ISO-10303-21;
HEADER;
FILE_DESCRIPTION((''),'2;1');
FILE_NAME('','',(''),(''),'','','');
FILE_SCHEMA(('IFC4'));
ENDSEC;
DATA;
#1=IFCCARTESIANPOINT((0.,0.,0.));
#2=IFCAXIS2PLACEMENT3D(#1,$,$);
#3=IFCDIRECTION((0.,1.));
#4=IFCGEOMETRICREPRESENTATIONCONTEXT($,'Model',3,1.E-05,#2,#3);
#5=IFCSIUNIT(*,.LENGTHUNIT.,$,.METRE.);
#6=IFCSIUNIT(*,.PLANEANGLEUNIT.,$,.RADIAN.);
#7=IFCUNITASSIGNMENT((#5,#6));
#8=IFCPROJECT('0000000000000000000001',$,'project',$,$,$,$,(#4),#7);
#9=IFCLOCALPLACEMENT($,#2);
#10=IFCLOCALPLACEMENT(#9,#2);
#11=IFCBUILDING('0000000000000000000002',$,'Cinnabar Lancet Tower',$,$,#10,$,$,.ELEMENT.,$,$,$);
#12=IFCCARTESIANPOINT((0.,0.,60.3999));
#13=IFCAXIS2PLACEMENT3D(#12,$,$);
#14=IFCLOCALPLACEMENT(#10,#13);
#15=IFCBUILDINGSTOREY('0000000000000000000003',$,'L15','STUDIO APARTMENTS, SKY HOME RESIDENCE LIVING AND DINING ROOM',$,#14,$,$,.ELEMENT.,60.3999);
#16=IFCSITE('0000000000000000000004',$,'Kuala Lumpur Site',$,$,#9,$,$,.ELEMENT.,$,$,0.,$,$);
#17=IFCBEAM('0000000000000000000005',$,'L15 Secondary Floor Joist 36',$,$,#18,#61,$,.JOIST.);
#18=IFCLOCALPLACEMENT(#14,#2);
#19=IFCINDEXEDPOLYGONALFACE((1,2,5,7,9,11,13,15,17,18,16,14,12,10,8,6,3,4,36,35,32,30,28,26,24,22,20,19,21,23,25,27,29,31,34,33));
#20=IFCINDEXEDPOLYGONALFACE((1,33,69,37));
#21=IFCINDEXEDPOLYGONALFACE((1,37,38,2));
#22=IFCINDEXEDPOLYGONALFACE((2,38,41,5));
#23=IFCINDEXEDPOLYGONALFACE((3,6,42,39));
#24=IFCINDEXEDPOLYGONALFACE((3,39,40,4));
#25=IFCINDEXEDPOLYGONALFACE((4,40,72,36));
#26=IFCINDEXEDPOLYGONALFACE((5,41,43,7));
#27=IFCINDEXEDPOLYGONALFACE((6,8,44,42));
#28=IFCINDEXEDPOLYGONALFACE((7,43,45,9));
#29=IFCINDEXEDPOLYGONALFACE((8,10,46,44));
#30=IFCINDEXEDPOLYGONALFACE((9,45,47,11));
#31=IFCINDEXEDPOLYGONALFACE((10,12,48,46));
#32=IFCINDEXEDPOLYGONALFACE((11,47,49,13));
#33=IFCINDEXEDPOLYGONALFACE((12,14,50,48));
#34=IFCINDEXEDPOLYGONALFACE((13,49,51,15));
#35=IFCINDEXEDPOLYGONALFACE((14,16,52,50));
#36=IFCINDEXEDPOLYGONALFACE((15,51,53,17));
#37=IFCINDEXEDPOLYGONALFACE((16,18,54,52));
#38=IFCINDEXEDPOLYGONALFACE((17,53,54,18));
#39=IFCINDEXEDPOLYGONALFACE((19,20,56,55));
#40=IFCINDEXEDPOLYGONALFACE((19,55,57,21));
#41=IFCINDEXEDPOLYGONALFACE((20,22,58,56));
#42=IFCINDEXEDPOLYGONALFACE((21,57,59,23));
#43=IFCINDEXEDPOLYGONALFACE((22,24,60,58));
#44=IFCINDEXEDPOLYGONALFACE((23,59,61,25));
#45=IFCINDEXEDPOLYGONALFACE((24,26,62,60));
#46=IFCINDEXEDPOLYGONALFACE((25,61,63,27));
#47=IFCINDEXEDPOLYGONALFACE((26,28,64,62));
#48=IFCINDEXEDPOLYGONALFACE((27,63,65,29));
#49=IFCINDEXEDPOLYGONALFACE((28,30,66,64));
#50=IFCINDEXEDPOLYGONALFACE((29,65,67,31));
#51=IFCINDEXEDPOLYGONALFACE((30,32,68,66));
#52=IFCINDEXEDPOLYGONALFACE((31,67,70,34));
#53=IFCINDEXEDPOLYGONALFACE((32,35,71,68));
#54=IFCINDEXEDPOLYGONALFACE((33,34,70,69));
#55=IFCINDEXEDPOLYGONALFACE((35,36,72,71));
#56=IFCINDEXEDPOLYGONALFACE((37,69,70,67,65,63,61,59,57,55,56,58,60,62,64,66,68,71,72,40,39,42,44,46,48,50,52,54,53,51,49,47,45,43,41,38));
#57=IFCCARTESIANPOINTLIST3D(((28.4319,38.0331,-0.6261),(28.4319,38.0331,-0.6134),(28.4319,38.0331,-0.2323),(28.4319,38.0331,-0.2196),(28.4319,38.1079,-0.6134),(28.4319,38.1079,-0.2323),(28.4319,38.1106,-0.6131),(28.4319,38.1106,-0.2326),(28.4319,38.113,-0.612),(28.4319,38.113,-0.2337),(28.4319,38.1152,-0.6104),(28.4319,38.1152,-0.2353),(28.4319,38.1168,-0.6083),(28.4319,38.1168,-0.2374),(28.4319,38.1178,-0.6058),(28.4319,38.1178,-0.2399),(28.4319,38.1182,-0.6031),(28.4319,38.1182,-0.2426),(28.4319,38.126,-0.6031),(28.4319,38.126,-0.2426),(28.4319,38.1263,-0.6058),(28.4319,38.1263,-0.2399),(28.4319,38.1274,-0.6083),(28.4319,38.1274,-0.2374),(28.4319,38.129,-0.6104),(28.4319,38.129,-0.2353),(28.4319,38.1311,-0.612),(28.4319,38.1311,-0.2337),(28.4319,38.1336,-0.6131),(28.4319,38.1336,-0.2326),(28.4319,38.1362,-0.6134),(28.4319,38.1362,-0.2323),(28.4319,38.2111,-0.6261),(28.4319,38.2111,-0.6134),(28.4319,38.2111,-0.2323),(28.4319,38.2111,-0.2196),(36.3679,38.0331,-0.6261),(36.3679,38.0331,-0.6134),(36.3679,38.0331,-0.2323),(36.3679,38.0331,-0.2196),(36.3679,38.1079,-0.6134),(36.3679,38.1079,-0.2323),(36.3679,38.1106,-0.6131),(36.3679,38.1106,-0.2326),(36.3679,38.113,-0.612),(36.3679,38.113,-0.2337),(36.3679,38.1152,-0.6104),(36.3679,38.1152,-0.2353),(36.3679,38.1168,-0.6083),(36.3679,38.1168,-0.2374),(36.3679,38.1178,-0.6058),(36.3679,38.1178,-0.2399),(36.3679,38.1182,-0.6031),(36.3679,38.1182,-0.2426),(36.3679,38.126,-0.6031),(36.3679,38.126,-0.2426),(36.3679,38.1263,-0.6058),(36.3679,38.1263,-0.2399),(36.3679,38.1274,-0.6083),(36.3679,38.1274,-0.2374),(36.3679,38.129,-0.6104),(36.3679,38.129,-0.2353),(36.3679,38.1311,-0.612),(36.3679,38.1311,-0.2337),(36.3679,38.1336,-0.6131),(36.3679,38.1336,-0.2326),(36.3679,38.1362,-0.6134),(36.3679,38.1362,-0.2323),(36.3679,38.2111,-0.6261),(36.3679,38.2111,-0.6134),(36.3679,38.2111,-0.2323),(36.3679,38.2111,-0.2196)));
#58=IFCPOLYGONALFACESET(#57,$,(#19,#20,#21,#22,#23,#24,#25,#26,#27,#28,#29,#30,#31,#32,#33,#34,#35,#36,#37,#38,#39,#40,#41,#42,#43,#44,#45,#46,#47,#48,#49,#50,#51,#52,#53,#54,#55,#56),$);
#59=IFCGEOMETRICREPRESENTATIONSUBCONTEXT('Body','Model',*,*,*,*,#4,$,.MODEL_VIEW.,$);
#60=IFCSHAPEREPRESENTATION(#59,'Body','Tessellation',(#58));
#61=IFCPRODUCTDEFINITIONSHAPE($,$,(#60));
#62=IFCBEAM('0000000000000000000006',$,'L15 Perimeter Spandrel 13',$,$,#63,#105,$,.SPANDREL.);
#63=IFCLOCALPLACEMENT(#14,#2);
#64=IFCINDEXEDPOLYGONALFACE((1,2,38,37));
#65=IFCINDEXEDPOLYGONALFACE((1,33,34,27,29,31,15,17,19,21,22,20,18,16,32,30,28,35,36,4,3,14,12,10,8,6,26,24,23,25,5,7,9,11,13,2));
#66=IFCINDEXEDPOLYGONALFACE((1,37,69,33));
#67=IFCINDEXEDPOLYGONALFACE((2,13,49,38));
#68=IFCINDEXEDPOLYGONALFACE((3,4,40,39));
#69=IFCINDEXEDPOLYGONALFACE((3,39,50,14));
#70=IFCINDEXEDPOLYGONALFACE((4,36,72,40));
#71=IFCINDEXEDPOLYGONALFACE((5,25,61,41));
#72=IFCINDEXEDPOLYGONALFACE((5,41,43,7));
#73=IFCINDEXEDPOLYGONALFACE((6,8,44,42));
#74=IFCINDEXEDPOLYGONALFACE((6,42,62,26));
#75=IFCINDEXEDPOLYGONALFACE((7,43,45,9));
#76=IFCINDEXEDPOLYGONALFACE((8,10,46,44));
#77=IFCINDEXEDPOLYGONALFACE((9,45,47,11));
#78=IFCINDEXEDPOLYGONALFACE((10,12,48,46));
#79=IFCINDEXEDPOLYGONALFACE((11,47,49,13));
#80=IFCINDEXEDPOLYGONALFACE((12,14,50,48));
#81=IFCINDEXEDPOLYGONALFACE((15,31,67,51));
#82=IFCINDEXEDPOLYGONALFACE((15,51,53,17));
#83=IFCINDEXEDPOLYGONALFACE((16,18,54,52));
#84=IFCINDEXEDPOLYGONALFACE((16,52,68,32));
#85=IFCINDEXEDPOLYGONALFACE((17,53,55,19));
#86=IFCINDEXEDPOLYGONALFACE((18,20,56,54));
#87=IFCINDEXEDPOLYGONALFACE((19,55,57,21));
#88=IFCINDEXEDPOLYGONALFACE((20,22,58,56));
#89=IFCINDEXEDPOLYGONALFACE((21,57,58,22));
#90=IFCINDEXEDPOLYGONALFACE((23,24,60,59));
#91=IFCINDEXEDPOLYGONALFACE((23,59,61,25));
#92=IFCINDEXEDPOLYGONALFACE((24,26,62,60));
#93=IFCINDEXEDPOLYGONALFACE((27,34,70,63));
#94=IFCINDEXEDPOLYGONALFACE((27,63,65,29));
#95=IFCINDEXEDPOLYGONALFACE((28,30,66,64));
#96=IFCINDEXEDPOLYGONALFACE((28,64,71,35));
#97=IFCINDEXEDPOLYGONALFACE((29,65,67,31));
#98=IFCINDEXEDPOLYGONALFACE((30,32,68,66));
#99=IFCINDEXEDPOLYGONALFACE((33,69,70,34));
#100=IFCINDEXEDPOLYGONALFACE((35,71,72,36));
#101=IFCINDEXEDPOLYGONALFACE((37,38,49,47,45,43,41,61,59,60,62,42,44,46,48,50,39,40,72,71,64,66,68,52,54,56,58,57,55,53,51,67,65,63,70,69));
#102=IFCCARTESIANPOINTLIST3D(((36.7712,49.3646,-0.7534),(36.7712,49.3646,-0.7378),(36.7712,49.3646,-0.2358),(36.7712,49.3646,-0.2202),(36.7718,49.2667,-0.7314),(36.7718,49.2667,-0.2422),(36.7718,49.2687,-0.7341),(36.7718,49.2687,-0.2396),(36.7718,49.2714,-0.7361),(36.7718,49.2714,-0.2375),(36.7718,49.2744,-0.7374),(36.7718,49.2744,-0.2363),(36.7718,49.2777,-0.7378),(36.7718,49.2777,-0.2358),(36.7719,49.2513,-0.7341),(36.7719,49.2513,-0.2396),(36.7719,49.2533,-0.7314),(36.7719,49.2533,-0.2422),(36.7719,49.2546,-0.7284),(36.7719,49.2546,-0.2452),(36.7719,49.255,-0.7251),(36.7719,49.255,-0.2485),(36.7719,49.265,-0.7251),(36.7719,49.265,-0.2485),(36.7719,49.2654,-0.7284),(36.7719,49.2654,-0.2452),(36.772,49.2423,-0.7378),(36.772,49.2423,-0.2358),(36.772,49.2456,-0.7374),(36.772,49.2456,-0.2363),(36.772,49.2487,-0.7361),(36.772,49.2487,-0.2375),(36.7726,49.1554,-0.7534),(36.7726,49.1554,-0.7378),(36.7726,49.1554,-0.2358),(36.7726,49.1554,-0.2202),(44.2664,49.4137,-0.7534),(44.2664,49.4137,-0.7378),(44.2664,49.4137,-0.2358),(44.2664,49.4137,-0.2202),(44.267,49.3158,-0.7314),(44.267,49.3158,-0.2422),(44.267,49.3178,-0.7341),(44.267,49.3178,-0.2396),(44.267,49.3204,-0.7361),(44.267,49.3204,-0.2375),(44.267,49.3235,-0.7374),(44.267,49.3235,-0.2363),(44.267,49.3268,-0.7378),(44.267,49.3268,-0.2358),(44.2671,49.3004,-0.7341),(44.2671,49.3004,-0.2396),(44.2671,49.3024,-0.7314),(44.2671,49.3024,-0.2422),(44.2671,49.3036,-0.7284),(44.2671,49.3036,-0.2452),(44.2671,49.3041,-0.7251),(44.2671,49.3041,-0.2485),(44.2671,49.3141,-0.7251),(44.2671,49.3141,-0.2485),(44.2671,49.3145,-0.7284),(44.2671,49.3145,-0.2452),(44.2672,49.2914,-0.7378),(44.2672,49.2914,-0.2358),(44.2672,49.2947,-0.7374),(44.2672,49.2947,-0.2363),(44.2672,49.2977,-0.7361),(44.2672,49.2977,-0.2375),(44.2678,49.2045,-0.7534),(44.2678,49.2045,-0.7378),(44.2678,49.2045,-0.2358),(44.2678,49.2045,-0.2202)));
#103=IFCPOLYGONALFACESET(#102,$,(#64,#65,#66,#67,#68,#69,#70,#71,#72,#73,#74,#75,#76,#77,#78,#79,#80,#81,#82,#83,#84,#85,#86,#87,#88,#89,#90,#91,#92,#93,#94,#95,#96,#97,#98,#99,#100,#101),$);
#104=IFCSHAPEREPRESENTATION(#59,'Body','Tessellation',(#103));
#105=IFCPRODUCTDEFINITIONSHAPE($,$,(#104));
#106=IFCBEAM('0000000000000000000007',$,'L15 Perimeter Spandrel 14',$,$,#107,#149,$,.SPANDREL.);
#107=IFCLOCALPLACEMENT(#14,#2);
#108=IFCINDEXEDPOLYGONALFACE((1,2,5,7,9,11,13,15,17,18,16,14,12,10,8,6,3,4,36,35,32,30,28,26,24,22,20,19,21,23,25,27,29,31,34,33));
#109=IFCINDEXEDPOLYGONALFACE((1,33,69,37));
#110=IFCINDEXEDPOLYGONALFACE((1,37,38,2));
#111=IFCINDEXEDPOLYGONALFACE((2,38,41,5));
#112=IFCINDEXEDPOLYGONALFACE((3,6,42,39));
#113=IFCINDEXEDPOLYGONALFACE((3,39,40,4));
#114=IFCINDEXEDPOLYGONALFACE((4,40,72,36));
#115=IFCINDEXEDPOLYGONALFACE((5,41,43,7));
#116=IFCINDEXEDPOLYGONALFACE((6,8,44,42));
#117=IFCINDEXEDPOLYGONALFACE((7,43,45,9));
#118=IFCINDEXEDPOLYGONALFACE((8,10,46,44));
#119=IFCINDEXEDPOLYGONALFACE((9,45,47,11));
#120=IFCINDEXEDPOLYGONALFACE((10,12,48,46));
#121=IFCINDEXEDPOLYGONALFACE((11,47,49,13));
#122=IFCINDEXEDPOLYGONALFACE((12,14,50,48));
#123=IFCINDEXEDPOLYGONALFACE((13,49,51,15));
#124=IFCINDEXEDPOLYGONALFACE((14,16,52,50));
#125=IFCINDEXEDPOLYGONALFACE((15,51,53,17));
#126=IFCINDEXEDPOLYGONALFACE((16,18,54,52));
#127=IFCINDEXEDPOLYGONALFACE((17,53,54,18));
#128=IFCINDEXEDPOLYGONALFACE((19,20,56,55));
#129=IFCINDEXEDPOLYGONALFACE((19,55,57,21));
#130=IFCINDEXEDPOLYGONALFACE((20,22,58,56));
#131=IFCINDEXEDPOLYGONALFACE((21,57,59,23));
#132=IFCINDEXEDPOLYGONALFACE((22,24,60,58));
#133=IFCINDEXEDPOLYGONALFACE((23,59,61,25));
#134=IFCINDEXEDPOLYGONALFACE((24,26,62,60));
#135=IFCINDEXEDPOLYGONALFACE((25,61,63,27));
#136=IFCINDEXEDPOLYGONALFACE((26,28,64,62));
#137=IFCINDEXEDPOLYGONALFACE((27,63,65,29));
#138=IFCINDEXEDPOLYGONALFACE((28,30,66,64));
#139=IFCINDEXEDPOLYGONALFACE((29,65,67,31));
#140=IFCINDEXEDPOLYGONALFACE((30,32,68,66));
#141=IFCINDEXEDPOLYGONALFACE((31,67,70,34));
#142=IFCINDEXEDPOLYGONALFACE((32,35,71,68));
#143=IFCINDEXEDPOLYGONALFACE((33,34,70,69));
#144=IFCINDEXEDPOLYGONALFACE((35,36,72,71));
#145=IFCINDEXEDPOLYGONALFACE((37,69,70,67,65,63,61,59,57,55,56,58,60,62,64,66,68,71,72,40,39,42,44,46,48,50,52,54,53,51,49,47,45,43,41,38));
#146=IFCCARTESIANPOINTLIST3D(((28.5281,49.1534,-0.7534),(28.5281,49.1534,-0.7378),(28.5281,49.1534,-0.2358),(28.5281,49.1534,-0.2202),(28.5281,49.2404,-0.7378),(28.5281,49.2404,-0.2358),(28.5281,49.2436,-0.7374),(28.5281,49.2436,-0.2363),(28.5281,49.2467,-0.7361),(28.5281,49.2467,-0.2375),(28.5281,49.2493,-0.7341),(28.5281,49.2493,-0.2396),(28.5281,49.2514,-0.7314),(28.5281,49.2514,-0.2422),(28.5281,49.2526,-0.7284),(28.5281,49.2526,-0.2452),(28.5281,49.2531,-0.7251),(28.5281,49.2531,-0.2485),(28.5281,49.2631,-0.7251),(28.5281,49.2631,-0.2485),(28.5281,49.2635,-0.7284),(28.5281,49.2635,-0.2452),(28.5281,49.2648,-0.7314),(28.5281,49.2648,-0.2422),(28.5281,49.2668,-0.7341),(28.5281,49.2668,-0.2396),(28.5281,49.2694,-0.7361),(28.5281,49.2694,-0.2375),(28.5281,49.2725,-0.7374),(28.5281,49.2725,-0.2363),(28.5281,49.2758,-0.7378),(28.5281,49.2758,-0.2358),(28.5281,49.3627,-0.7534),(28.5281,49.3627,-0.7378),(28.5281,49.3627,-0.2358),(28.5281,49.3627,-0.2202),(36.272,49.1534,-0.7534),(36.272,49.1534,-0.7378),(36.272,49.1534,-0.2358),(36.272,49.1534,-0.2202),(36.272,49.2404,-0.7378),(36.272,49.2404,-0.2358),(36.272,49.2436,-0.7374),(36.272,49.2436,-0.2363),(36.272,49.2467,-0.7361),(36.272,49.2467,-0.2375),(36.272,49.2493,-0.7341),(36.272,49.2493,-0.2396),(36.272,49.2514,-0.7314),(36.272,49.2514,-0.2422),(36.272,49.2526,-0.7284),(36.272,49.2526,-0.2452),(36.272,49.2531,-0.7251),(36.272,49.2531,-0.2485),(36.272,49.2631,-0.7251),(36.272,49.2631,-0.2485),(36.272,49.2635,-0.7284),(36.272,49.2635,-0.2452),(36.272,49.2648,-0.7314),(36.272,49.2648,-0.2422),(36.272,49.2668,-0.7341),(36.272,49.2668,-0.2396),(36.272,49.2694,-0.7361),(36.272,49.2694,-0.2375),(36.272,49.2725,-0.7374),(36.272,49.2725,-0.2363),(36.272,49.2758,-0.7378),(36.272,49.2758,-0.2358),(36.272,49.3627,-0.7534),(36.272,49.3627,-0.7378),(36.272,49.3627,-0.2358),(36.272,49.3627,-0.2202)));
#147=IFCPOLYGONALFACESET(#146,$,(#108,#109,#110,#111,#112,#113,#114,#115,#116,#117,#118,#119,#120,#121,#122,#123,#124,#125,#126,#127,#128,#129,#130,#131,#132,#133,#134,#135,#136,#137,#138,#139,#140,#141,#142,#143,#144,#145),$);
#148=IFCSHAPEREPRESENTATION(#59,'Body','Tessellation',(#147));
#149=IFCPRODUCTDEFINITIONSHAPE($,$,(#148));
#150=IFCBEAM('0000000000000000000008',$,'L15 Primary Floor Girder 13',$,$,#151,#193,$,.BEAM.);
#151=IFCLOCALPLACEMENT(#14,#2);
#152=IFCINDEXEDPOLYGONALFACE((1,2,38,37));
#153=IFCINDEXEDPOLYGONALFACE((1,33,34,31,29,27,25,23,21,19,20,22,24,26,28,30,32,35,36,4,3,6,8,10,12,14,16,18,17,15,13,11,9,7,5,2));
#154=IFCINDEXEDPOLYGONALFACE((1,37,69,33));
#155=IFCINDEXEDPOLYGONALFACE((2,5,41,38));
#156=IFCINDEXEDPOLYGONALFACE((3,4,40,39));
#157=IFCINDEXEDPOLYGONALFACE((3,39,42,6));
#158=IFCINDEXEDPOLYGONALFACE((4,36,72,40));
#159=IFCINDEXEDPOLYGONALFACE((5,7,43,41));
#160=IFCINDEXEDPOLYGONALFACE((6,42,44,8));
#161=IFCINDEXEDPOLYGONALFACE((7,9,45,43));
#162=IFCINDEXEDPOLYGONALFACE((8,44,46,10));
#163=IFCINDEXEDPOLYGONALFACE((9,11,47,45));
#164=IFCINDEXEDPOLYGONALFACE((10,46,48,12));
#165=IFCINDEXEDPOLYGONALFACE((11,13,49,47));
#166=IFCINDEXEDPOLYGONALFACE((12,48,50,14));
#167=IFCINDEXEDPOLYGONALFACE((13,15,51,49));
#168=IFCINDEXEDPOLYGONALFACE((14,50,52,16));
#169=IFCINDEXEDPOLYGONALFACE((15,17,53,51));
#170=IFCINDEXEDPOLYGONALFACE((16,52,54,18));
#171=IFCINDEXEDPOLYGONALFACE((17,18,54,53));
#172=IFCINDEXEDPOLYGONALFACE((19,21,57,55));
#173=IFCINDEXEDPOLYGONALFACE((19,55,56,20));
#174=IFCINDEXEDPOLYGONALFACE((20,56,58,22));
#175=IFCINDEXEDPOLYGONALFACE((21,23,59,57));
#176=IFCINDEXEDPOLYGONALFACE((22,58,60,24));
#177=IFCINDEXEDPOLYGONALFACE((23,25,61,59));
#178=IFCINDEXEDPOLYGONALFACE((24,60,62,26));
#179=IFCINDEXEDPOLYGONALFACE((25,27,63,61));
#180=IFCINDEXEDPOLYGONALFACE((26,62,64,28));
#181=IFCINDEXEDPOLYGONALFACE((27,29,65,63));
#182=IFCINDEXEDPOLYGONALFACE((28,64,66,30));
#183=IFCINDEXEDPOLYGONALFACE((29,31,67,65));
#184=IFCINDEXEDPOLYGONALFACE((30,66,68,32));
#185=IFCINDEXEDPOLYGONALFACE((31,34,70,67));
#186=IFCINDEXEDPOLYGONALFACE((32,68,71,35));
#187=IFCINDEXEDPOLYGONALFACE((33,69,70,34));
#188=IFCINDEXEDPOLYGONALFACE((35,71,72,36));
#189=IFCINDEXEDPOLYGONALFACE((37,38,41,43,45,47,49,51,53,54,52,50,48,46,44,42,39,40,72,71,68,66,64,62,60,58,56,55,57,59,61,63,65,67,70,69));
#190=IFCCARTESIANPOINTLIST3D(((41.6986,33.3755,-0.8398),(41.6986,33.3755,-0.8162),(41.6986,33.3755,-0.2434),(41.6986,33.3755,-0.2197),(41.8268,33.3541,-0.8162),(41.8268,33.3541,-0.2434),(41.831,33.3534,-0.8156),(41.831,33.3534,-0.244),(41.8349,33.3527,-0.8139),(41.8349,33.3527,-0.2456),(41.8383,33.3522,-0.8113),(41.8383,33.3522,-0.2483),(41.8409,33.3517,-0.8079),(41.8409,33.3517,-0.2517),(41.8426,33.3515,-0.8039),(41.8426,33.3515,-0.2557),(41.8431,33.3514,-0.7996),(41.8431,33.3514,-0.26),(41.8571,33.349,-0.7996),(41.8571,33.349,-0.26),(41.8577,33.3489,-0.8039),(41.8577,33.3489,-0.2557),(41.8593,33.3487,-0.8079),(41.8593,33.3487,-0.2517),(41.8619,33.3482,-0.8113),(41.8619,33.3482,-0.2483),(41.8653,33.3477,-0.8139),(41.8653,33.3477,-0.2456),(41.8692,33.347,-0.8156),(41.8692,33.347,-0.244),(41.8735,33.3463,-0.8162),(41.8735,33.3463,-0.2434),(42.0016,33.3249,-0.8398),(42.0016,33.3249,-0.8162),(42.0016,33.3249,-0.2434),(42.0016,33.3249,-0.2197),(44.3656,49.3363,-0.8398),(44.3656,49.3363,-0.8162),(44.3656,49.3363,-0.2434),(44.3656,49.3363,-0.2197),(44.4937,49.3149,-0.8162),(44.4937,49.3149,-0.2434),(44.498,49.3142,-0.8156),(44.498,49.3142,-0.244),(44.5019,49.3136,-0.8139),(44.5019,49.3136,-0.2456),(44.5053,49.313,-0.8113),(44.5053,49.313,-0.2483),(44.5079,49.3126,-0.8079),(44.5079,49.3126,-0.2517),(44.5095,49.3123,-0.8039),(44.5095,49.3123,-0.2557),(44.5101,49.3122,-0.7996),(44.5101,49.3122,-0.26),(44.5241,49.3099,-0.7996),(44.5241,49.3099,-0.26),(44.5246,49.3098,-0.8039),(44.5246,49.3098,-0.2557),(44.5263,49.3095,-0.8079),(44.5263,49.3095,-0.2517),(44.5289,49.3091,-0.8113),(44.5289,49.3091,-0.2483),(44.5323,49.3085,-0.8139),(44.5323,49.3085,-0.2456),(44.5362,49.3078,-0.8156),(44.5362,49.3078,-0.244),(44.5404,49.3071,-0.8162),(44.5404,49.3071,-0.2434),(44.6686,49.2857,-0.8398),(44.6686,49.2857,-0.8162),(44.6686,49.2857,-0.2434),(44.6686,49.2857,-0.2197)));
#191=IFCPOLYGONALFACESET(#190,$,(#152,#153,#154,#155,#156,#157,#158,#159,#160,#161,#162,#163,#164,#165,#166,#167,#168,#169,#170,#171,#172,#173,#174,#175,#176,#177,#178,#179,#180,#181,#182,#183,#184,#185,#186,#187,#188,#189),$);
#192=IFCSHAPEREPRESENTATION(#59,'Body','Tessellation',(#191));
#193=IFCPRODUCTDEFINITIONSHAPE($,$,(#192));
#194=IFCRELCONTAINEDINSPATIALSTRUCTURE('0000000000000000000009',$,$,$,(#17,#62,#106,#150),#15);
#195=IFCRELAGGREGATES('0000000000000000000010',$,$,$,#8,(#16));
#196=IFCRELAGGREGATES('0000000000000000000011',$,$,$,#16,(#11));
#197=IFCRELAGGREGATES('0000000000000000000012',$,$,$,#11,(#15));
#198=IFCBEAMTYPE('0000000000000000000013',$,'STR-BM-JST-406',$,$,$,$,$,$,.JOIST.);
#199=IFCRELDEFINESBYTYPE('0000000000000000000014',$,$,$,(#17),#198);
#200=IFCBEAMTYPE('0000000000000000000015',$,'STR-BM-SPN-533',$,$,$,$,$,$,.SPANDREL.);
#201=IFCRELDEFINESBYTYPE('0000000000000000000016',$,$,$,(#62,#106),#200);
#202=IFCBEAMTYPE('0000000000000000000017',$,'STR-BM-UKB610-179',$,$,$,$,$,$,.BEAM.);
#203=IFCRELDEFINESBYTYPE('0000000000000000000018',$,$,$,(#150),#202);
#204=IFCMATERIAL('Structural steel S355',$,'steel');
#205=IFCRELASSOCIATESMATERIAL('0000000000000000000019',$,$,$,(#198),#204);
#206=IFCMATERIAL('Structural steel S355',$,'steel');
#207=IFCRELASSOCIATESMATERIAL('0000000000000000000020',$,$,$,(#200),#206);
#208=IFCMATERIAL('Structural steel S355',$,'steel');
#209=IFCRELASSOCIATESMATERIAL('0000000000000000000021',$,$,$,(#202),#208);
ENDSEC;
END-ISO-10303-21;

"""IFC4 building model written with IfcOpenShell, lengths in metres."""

from ifc_helpers import new_model, si_unit, direction, frame, origin, origin_2d, place, context, subcontext, project, spatial, i_section, extrude, material, material_profile, profile_set, type_object, element, save


model = new_model("IFC4")

# Units and contexts
model_context = context("Model", 3, precision=1e-05, world=origin(), true_north=direction((0.0, 1.0)))
body_context = subcontext(model_context, "Body", "Model", "MODEL_VIEW")
ifc_project = project(units=[si_unit("LENGTHUNIT", "METRE"), si_unit("PLANEANGLEUNIT", "RADIAN")], contexts=[model_context])

# Site, building, storey
site_placement = place(None, origin())
site = spatial("IfcSite", under=ifc_project, at=site_placement, Name="Kuala Lumpur Site", CompositionType="ELEMENT", RefElevation=0.0)
building_placement = place(site_placement, origin())
building = spatial("IfcBuilding", under=site, at=building_placement, Name="Cinnabar Lancet Tower", CompositionType="ELEMENT")
storey_placement = place(building_placement, frame((0.0, 0.0, 60.3999)))
storey = spatial("IfcBuildingStorey", under=building, at=storey_placement, Name="L15", Description="STUDIO APARTMENTS, SKY HOME RESIDENCE LIVING AND DINING ROOM", CompositionType="ELEMENT", Elevation=60.3999)

# Beams
ifc_material_1 = material(Name="Structural steel S355", Category="steel")
ifc_material_profile_1 = material_profile(ifc_material_1, i_section(OverallWidth=0.178, OverallDepth=0.4065, WebThickness=0.0078, FlangeThickness=0.0127, FilletRadius=0.0103, at=origin_2d()), Name="UKB 406x178x60")
ifc_profile_set_1 = profile_set([ifc_material_profile_1], Name="Structural steel S355")
beam_type_1 = type_object("IfcBeamType", Name="STR-BM-JST-406", PredefinedType="JOIST", material=ifc_profile_set_1)
for number, where, z_axis, x_axis, name in (
    (1, (36.3679, 38.1221, -0.4229), (-1.0, 0.0, 0.0), (0.0, -1.0, 0.0), "L15 Secondary Floor Joist 36"),
):
    element("IfcBeam", number, at=place(storey_placement, frame(where, z_axis=z_axis, x_axis=x_axis)), inside=storey, type_object=beam_type_1, Name=name, PredefinedType="JOIST", context=body_context, shape_type="SweptSolid", body=[
        extrude(i_section(OverallWidth=0.178, OverallDepth=0.4065, WebThickness=0.0078, FlangeThickness=0.0127, FilletRadius=0.0103, at=origin_2d()), origin(), (0.0, 0.0, 1.0), 7.936),
    ])
ifc_material_2 = material(Name="Structural steel S355", Category="steel")
ifc_material_profile_2 = material_profile(ifc_material_2, i_section(OverallWidth=0.2092, OverallDepth=0.5332, WebThickness=0.01, FlangeThickness=0.0156, FilletRadius=0.0127, at=origin_2d()), Name="UKB 533x210x92")
ifc_profile_set_2 = profile_set([ifc_material_profile_2], Name="Structural steel S355")
beam_type_2 = type_object("IfcBeamType", Name="STR-BM-SPN-533", PredefinedType="SPANDREL", material=ifc_profile_set_2)
beam_1_placement = place(storey_placement, frame((44.2671, 49.3091, -0.4868), z_axis=(-0.999979, -0.006547, 0.0), x_axis=(0.006547, -0.999979, 0.0)))
element("IfcBeam", 2, at=beam_1_placement, inside=storey, type_object=beam_type_2, Name="L15 Perimeter Spandrel 13", PredefinedType="SPANDREL", context=body_context, shape_type="SweptSolid", body=[
    extrude(i_section(OverallWidth=0.2092, OverallDepth=0.5332, WebThickness=0.01, FlangeThickness=0.0156, FilletRadius=0.0127, at=origin_2d()), origin(), (0.0, 0.0, 1.0), 7.4954),
])
beam_2_placement = place(storey_placement, frame((36.272, 49.2581, -0.4868), z_axis=(-1.0, 0.0, 0.0), x_axis=(0.0, -1.0, 0.0)))
element("IfcBeam", 3, at=beam_2_placement, inside=storey, type_object=beam_type_2, Name="L15 Perimeter Spandrel 14", PredefinedType="SPANDREL", context=body_context, shape_type="SweptSolid", body=[
    extrude(i_section(OverallWidth=0.2092, OverallDepth=0.5332, WebThickness=0.01, FlangeThickness=0.0156, FilletRadius=0.0127, at=origin_2d()), origin(), (0.0, 0.0, 1.0), 7.7439),
])
ifc_material_3 = material(Name="Structural steel S355", Category="steel")
ifc_material_profile_3 = material_profile(ifc_material_3, i_section(OverallWidth=0.3071, OverallDepth=0.6201, WebThickness=0.0142, FlangeThickness=0.0237, FilletRadius=0.0166, at=origin_2d()), Name="UKB 610x305x179")
ifc_profile_set_3 = profile_set([ifc_material_profile_3], Name="Structural steel S355")
beam_type_3 = type_object("IfcBeamType", Name="STR-BM-UKB610-179", PredefinedType="BEAM", material=ifc_profile_set_3)
beam_3_placement = place(storey_placement, frame((44.5171, 49.311, -0.5298), z_axis=(-0.16481, -0.986325, 0.0), x_axis=(0.986325, -0.16481, 0.0)))
element("IfcBeam", 4, at=beam_3_placement, inside=storey, type_object=beam_type_3, Name="L15 Primary Floor Girder 13", PredefinedType="BEAM", context=body_context, shape_type="SweptSolid", body=[
    extrude(i_section(OverallWidth=0.3071, OverallDepth=0.6201, WebThickness=0.0142, FlangeThickness=0.0237, FilletRadius=0.0166, at=origin_2d()), origin(), (0.0, 0.0, 1.0), 16.1821),
])

save(model, "model.ifc")
